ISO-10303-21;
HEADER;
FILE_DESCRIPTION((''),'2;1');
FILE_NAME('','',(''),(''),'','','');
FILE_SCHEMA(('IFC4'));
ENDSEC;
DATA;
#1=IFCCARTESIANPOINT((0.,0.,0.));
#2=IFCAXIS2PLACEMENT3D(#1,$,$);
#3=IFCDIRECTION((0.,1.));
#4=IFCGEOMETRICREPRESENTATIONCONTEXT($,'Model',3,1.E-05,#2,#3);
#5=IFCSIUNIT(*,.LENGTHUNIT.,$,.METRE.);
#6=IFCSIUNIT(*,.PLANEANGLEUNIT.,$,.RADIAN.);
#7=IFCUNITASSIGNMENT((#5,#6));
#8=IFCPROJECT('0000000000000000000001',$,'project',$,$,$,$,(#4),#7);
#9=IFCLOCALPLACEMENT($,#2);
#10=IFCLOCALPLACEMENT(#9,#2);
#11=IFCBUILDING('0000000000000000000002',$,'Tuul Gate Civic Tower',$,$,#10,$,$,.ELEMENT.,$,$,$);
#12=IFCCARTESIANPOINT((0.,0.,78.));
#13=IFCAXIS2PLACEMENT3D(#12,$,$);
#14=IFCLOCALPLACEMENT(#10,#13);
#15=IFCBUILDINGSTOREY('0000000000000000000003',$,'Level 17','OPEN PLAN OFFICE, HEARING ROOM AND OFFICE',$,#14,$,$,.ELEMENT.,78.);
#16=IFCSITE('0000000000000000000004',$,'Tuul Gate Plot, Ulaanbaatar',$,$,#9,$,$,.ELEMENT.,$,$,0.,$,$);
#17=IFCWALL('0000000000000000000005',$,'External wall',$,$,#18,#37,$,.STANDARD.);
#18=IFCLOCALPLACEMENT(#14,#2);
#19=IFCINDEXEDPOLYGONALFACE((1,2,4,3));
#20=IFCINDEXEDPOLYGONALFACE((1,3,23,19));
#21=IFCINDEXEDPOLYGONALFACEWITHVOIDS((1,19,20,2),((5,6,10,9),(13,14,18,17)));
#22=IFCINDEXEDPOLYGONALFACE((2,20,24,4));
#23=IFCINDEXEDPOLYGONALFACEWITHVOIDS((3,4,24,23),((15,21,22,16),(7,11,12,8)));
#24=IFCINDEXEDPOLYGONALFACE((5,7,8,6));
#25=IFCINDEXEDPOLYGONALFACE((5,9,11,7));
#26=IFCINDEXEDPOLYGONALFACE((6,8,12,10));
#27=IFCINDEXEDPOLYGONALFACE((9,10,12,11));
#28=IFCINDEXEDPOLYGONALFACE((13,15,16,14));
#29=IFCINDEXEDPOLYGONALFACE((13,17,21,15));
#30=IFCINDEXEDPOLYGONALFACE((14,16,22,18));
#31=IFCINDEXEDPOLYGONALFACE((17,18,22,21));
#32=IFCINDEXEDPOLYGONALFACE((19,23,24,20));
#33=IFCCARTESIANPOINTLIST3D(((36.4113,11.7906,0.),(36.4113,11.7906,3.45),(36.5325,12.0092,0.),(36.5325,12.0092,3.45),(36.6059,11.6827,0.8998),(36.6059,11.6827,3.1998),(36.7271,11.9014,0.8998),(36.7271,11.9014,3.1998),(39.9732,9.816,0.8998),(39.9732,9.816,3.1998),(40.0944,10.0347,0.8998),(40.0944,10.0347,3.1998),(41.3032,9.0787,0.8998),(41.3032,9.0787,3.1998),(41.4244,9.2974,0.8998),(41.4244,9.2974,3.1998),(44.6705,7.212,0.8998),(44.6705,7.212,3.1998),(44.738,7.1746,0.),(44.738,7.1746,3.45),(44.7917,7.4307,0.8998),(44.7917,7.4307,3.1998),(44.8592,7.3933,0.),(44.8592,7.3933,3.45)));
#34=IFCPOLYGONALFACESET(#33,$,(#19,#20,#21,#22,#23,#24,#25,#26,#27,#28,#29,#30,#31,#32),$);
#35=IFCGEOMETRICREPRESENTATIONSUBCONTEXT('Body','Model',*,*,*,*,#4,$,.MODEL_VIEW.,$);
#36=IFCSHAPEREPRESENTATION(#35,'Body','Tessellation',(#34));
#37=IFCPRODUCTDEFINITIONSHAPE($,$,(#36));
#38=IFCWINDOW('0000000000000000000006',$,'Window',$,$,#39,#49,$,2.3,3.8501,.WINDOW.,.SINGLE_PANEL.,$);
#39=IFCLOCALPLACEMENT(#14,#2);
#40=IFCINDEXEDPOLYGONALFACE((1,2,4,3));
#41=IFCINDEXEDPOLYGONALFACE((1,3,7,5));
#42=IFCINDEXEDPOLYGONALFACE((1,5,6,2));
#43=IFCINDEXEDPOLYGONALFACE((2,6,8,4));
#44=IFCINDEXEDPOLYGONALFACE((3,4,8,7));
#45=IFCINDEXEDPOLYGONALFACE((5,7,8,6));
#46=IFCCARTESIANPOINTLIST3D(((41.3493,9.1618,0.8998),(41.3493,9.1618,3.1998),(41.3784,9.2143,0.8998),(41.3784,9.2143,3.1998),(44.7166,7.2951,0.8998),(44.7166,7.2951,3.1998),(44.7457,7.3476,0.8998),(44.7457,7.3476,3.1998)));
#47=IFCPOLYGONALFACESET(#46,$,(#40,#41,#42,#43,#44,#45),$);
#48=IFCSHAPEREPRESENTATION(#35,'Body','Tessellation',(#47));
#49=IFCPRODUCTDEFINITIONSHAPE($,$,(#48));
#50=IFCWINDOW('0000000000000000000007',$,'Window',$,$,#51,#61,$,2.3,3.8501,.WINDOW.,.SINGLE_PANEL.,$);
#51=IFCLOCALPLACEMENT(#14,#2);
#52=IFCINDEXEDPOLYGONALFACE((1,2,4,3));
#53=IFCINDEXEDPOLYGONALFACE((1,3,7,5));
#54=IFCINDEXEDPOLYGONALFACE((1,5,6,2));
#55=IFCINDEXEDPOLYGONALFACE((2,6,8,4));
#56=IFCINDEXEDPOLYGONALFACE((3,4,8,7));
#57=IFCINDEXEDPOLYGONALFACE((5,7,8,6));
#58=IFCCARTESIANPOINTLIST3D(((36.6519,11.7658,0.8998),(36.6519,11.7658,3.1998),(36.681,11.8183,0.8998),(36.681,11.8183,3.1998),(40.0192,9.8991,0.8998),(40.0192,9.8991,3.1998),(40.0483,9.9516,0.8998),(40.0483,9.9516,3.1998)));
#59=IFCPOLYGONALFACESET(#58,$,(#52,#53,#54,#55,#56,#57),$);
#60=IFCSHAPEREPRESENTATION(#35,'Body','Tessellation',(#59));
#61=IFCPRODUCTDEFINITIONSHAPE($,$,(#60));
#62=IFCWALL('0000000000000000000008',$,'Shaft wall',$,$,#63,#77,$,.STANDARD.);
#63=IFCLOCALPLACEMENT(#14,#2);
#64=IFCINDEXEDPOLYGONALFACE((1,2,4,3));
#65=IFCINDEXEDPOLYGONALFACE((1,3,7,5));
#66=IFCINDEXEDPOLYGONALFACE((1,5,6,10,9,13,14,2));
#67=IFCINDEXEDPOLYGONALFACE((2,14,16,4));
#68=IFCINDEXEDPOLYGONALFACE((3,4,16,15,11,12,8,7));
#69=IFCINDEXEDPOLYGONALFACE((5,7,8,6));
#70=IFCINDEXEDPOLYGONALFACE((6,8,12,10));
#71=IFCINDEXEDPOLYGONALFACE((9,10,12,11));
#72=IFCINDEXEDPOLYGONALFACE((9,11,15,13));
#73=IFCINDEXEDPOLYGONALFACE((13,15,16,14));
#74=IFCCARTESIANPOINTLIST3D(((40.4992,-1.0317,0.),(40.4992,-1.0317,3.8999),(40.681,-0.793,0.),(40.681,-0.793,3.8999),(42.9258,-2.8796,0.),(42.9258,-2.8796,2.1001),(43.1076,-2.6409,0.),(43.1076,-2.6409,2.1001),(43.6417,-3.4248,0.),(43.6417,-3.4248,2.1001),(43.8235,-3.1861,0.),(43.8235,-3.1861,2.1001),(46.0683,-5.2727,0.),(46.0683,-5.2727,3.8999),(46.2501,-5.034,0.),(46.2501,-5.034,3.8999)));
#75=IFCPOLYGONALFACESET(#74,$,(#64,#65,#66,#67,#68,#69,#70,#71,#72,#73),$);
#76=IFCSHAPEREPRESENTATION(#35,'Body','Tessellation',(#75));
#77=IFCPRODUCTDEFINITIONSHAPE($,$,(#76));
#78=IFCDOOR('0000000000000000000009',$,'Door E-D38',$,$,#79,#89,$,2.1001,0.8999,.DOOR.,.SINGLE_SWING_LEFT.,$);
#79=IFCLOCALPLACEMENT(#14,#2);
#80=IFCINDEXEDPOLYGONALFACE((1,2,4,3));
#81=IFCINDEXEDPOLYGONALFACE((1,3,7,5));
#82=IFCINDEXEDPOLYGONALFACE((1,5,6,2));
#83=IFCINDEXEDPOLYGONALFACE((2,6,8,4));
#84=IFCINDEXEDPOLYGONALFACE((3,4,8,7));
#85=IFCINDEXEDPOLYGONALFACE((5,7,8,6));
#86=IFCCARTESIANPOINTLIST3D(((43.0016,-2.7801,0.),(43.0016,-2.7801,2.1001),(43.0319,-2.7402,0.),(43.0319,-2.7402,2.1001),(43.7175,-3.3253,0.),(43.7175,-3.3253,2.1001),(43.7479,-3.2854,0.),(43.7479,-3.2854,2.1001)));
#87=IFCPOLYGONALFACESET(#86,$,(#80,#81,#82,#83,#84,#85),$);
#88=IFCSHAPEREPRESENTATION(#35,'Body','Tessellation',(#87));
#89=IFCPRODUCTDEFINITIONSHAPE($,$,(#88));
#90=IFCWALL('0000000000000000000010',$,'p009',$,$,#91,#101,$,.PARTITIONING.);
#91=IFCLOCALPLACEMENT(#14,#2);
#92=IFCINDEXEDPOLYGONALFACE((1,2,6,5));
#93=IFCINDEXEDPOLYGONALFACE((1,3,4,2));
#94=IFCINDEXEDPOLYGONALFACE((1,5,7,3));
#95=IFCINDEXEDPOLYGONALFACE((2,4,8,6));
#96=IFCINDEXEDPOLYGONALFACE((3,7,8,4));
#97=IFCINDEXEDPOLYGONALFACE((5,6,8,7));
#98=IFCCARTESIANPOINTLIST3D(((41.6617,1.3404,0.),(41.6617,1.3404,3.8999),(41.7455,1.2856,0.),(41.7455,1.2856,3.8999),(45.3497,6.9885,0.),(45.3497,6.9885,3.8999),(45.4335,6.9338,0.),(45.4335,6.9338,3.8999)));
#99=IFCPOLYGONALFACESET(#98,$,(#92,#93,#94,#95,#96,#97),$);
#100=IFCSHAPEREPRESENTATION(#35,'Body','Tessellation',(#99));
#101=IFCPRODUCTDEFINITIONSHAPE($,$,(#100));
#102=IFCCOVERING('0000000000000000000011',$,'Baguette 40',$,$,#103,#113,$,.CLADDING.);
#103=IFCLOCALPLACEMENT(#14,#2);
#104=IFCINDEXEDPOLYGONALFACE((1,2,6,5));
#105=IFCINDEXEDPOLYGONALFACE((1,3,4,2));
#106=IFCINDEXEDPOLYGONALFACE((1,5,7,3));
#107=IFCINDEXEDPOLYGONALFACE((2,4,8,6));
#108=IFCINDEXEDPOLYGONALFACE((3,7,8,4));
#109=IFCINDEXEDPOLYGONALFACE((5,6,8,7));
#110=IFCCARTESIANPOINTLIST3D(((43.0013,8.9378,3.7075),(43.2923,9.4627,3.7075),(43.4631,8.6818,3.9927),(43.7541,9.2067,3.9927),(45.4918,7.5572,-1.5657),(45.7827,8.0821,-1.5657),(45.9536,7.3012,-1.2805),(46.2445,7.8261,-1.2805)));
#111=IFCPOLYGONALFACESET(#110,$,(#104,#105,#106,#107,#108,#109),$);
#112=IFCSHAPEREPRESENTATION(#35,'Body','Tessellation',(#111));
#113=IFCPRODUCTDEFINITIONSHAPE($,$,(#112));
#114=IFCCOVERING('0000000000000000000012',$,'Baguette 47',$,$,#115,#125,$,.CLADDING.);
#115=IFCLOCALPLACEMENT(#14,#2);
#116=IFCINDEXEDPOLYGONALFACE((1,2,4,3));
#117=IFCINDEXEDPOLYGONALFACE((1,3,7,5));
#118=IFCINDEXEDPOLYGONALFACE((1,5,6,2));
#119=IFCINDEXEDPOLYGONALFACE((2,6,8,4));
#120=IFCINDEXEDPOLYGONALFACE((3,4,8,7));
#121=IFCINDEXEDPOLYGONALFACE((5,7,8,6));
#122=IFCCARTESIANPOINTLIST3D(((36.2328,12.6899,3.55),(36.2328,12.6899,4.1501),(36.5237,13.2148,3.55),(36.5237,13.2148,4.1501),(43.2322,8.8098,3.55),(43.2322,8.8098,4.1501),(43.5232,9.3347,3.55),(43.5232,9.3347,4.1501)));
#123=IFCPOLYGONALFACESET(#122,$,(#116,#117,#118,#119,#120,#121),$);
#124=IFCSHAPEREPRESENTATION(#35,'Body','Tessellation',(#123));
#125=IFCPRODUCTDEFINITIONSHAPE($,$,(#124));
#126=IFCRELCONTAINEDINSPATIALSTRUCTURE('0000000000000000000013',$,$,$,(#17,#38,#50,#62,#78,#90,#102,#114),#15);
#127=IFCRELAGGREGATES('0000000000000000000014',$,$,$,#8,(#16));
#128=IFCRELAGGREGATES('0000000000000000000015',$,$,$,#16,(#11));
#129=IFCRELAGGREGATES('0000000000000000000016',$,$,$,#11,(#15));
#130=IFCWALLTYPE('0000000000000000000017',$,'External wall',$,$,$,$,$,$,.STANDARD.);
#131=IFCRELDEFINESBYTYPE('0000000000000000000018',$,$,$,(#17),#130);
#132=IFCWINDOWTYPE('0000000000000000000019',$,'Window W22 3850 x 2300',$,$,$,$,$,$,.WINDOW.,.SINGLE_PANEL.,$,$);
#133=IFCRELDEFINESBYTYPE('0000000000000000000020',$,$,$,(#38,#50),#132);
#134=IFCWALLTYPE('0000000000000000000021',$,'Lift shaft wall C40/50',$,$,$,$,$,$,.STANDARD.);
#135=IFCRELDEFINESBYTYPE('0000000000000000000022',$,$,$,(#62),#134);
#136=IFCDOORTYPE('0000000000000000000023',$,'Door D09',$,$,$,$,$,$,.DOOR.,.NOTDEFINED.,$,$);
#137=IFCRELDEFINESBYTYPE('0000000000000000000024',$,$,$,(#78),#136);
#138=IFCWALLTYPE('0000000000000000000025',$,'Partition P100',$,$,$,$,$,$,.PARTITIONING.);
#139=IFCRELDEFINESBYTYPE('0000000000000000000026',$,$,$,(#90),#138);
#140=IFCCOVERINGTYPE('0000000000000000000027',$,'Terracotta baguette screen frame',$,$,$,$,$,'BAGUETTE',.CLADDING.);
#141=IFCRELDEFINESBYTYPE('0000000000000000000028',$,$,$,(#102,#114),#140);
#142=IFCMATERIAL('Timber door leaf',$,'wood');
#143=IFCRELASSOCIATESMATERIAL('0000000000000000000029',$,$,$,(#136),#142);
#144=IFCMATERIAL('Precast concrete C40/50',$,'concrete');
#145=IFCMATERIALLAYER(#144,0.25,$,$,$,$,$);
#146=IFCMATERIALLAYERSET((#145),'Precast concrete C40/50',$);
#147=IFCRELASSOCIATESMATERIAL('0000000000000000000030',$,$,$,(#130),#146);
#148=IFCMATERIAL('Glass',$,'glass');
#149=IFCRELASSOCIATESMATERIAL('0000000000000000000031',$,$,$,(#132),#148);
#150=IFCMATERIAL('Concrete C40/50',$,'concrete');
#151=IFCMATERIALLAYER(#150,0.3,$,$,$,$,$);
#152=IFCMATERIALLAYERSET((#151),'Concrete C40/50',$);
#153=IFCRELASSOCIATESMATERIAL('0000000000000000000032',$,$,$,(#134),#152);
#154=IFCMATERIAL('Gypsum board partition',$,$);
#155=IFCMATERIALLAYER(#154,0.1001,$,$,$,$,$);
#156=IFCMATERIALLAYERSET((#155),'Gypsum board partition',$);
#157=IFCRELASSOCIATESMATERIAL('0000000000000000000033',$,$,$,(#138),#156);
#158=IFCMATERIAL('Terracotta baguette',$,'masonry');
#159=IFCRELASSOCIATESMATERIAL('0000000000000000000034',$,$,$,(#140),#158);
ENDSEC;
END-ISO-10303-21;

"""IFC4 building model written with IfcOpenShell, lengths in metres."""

from ifc_helpers import new_model, si_unit, direction, frame, frame_2d, origin, origin_2d, place, context, subcontext, project, spatial, rectangle, extrude, material, layer, layer_set, material_profile, profile_set, type_object, element, fill, save


model = new_model("IFC4")

# Units and contexts
model_context = context("Model", 3, precision=1e-05, world=origin(), true_north=direction((0.0, 1.0)))
body_context = subcontext(model_context, "Body", "Model", "MODEL_VIEW")
ifc_project = project(units=[si_unit("LENGTHUNIT", "METRE"), si_unit("PLANEANGLEUNIT", "RADIAN")], contexts=[model_context])

# Site, building, storey
site_placement = place(None, origin())
site = spatial("IfcSite", under=ifc_project, at=site_placement, Name="Tuul Gate Plot, Ulaanbaatar", CompositionType="ELEMENT", RefElevation=0.0)
building_placement = place(site_placement, origin())
building = spatial("IfcBuilding", under=site, at=building_placement, Name="Tuul Gate Civic Tower", CompositionType="ELEMENT")
storey_placement = place(building_placement, frame((0.0, 0.0, 78.0)))
storey = spatial("IfcBuildingStorey", under=building, at=storey_placement, Name="Level 17", Description="OPEN PLAN OFFICE, HEARING ROOM AND OFFICE", CompositionType="ELEMENT", Elevation=78.0)

# Shared definitions
ifc_material_1 = material(Name="Timber door leaf", Category="wood")
door_type_1 = type_object("IfcDoorType", Name="Door D09", OperationType="NOTDEFINED", PredefinedType="DOOR", material=ifc_material_1)

# Wall, openings, windows
ifc_material_2 = material(Name="Precast concrete C40/50", Category="concrete")
ifc_layer_1 = layer(ifc_material_2, 0.25)
ifc_layer_set_1 = layer_set([ifc_layer_1], Name="Precast concrete C40/50")
wall_type_1 = type_object("IfcWallType", Name="External wall", PredefinedType="STANDARD", material=ifc_layer_set_1)
wall_1_placement = place(storey_placement, frame((44.7986, 7.2839, 0.0), z_axis=(0.0, 0.0, 1.0), x_axis=(-0.874601, 0.484844, 0.0)))
wall_1 = element("IfcWall", 1, at=wall_1_placement, inside=storey, type_object=wall_type_1, Name="External wall", PredefinedType="STANDARD", context=body_context, shape_type="SweptSolid", body=[
    extrude(rectangle(XDim=9.5205, YDim=0.25, at=frame_2d((4.7603, 0.0))), origin(), (0.0, 0.0, 1.0), 3.45),
])
opening_1_placement = place(wall_1_placement, frame((0.0771, 0.0, 0.8999)))
opening_1 = element("IfcOpeningElement", 2, at=opening_1_placement, cuts=wall_1, PredefinedType="OPENING", context=body_context, shape_type="SweptSolid", body=[
    extrude(rectangle(XDim=3.8501, YDim=2.3, at=frame_2d((1.925, 1.1499))), frame((0.0, 0.135, 0.0), z_axis=(0.0, -1.0, 0.0), x_axis=(1.0, 0.0, 0.0)), (0.0, 0.0, 1.0), 0.27),
])
opening_2_placement = place(wall_1_placement, frame((5.448, 0.0, 0.8999)))
opening_2 = element("IfcOpeningElement", 3, at=opening_2_placement, cuts=wall_1, PredefinedType="OPENING", context=body_context, shape_type="SweptSolid", body=[
    extrude(rectangle(XDim=3.8501, YDim=2.3, at=frame_2d((1.925, 1.1499))), frame((0.0, 0.135, 0.0), z_axis=(0.0, -1.0, 0.0), x_axis=(1.0, 0.0, 0.0)), (0.0, 0.0, 1.0), 0.27),
])
ifc_material_3 = material(Name="Glass", Category="glass")
window_type = type_object("IfcWindowType", Name="Window W22 3850 x 2300", PartitioningType="SINGLE_PANEL", PredefinedType="WINDOW", material=ifc_material_3)
window_1_placement = place(opening_1_placement, origin())
window_1 = element("IfcWindow", 4, at=window_1_placement, inside=storey, type_object=window_type, Name="Window", OverallHeight=2.3, OverallWidth=3.8501, PartitioningType="SINGLE_PANEL", PredefinedType="WINDOW", context=body_context, shape_type="SweptSolid", body=[
    extrude(rectangle(XDim=3.8501, YDim=2.3, at=frame_2d((1.925, 1.1499))), frame((0.0, 0.03, 0.0), z_axis=(0.0, -1.0, 0.0), x_axis=(1.0, 0.0, 0.0)), (0.0, 0.0, 1.0), 0.0601),
])
fill(opening_1, window_1)
window_2_placement = place(opening_2_placement, origin())
window_2 = element("IfcWindow", 5, at=window_2_placement, inside=storey, type_object=window_type, Name="Window", OverallHeight=2.3, OverallWidth=3.8501, PartitioningType="SINGLE_PANEL", PredefinedType="WINDOW", context=body_context, shape_type="SweptSolid", body=[
    extrude(rectangle(XDim=3.8501, YDim=2.3, at=frame_2d((1.925, 1.1499))), frame((0.0, 0.03, 0.0), z_axis=(0.0, -1.0, 0.0), x_axis=(1.0, 0.0, 0.0)), (0.0, 0.0, 1.0), 0.0601),
])
fill(opening_2, window_2)

# Wall, opening, door
ifc_material_4 = material(Name="Concrete C40/50", Category="concrete")
ifc_layer_2 = layer(ifc_material_4, 0.3)
ifc_layer_set_2 = layer_set([ifc_layer_2], Name="Concrete C40/50")
wall_type_2 = type_object("IfcWallType", Name="Lift shaft wall C40/50", PredefinedType="STANDARD", material=ifc_layer_set_2)
wall_2_placement = place(storey_placement, frame((46.1592, -5.1533, 0.0), z_axis=(0.0, 0.0, 1.0), x_axis=(-0.79558, 0.605849, 0.0)))
wall_2 = element("IfcWall", 6, at=wall_2_placement, inside=storey, type_object=wall_type_2, Name="Shaft wall", PredefinedType="STANDARD", context=body_context, shape_type="SweptSolid", body=[
    extrude(rectangle(XDim=7.0, YDim=0.3, at=frame_2d((3.5, 0.0))), origin(), (0.0, 0.0, 1.0), 3.8999),
])
opening_3_placement = place(wall_2_placement, frame((3.05, 0.0, 0.0)))
opening_3 = element("IfcOpeningElement", 7, at=opening_3_placement, cuts=wall_2, PredefinedType="OPENING", context=body_context, shape_type="SweptSolid", body=[
    extrude(rectangle(XDim=0.8999, YDim=2.1001, at=frame_2d((0.45, 1.05))), frame((0.0, 0.1602, 0.0), z_axis=(0.0, -1.0, 0.0), x_axis=(1.0, 0.0, 0.0)), (0.0, 0.0, 1.0), 0.3201),
])
door_1_placement = place(opening_3_placement, origin())
door_1 = element("IfcDoor", 8, at=door_1_placement, inside=storey, type_object=door_type_1, Name="Door E-D38", OperationType="SINGLE_SWING_LEFT", OverallHeight=2.1001, OverallWidth=0.8999, PredefinedType="DOOR", context=body_context, shape_type="SweptSolid", body=[
    extrude(rectangle(XDim=0.8999, YDim=2.1001, at=frame_2d((0.45, 1.05))), frame((0.0, 0.0249, 0.0), z_axis=(0.0, -1.0, 0.0), x_axis=(1.0, 0.0, 0.0)), (0.0, 0.0, 1.0), 0.05),
])
fill(opening_3, door_1)

# Wall
ifc_material_5 = material(Name="Gypsum board partition")
ifc_layer_3 = layer(ifc_material_5, 0.1001)
ifc_layer_set_3 = layer_set([ifc_layer_3], Name="Gypsum board partition")
wall_type_3 = type_object("IfcWallType", Name="Partition P100", PredefinedType="PARTITIONING", material=ifc_layer_set_3)
wall_3_placement = place(storey_placement, frame((41.7036, 1.313, 0.0), z_axis=(0.0, 0.0, 1.0), x_axis=(0.546724, 0.837313, 0.0)))
element("IfcWall", 9, at=wall_3_placement, inside=storey, type_object=wall_type_3, Name="p009", PredefinedType="PARTITIONING", context=body_context, shape_type="SweptSolid", body=[
    extrude(rectangle(XDim=6.7456, YDim=0.1001, at=frame_2d((3.3728, 0.0))), origin(), (0.0, 0.0, 1.0), 3.8999),
])

# Coverings
ifc_material_6 = material(Name="Terracotta baguette", Category="masonry")
ifc_material_profile_1 = material_profile(ifc_material_6, rectangle(XDim=0.6001, YDim=0.6001, at=origin_2d()), Name="Terracotta baguette screen frame")
ifc_profile_set_1 = profile_set([ifc_material_profile_1], Name="Terracotta baguette")
covering_type = type_object("IfcCoveringType", Name="Terracotta baguette screen frame", ElementType="BAGUETTE", PredefinedType="CLADDING", material=ifc_profile_set_1)
covering_1_placement = place(storey_placement, frame((45.8682, 7.6917, -1.4231), z_axis=(-0.41557, 0.230374, 0.879903), x_axis=(-0.484842, -0.874602, 0.0)))
element("IfcCovering", 10, at=covering_1_placement, inside=storey, type_object=covering_type, Name="Baguette 40", PredefinedType="CLADDING", context=body_context, shape_type="SweptSolid", body=[
    extrude(rectangle(XDim=0.6001, YDim=0.6001, at=origin_2d()), origin(), (0.0, 0.0, 1.0), 5.9929),
])
covering_2_placement = place(storey_placement, frame((43.3777, 9.0723, 3.8501), z_axis=(-0.874607, 0.484832, 0.0), x_axis=(-0.484832, -0.874607, 0.0)))
element("IfcCovering", 11, at=covering_2_placement, inside=storey, type_object=covering_type, Name="Baguette 47", PredefinedType="CLADDING", context=body_context, shape_type="SweptSolid", body=[
    extrude(rectangle(XDim=0.6001, YDim=0.6001, at=origin_2d()), origin(), (0.0, 0.0, 1.0), 8.0029),
])

save(model, "model.ifc")
